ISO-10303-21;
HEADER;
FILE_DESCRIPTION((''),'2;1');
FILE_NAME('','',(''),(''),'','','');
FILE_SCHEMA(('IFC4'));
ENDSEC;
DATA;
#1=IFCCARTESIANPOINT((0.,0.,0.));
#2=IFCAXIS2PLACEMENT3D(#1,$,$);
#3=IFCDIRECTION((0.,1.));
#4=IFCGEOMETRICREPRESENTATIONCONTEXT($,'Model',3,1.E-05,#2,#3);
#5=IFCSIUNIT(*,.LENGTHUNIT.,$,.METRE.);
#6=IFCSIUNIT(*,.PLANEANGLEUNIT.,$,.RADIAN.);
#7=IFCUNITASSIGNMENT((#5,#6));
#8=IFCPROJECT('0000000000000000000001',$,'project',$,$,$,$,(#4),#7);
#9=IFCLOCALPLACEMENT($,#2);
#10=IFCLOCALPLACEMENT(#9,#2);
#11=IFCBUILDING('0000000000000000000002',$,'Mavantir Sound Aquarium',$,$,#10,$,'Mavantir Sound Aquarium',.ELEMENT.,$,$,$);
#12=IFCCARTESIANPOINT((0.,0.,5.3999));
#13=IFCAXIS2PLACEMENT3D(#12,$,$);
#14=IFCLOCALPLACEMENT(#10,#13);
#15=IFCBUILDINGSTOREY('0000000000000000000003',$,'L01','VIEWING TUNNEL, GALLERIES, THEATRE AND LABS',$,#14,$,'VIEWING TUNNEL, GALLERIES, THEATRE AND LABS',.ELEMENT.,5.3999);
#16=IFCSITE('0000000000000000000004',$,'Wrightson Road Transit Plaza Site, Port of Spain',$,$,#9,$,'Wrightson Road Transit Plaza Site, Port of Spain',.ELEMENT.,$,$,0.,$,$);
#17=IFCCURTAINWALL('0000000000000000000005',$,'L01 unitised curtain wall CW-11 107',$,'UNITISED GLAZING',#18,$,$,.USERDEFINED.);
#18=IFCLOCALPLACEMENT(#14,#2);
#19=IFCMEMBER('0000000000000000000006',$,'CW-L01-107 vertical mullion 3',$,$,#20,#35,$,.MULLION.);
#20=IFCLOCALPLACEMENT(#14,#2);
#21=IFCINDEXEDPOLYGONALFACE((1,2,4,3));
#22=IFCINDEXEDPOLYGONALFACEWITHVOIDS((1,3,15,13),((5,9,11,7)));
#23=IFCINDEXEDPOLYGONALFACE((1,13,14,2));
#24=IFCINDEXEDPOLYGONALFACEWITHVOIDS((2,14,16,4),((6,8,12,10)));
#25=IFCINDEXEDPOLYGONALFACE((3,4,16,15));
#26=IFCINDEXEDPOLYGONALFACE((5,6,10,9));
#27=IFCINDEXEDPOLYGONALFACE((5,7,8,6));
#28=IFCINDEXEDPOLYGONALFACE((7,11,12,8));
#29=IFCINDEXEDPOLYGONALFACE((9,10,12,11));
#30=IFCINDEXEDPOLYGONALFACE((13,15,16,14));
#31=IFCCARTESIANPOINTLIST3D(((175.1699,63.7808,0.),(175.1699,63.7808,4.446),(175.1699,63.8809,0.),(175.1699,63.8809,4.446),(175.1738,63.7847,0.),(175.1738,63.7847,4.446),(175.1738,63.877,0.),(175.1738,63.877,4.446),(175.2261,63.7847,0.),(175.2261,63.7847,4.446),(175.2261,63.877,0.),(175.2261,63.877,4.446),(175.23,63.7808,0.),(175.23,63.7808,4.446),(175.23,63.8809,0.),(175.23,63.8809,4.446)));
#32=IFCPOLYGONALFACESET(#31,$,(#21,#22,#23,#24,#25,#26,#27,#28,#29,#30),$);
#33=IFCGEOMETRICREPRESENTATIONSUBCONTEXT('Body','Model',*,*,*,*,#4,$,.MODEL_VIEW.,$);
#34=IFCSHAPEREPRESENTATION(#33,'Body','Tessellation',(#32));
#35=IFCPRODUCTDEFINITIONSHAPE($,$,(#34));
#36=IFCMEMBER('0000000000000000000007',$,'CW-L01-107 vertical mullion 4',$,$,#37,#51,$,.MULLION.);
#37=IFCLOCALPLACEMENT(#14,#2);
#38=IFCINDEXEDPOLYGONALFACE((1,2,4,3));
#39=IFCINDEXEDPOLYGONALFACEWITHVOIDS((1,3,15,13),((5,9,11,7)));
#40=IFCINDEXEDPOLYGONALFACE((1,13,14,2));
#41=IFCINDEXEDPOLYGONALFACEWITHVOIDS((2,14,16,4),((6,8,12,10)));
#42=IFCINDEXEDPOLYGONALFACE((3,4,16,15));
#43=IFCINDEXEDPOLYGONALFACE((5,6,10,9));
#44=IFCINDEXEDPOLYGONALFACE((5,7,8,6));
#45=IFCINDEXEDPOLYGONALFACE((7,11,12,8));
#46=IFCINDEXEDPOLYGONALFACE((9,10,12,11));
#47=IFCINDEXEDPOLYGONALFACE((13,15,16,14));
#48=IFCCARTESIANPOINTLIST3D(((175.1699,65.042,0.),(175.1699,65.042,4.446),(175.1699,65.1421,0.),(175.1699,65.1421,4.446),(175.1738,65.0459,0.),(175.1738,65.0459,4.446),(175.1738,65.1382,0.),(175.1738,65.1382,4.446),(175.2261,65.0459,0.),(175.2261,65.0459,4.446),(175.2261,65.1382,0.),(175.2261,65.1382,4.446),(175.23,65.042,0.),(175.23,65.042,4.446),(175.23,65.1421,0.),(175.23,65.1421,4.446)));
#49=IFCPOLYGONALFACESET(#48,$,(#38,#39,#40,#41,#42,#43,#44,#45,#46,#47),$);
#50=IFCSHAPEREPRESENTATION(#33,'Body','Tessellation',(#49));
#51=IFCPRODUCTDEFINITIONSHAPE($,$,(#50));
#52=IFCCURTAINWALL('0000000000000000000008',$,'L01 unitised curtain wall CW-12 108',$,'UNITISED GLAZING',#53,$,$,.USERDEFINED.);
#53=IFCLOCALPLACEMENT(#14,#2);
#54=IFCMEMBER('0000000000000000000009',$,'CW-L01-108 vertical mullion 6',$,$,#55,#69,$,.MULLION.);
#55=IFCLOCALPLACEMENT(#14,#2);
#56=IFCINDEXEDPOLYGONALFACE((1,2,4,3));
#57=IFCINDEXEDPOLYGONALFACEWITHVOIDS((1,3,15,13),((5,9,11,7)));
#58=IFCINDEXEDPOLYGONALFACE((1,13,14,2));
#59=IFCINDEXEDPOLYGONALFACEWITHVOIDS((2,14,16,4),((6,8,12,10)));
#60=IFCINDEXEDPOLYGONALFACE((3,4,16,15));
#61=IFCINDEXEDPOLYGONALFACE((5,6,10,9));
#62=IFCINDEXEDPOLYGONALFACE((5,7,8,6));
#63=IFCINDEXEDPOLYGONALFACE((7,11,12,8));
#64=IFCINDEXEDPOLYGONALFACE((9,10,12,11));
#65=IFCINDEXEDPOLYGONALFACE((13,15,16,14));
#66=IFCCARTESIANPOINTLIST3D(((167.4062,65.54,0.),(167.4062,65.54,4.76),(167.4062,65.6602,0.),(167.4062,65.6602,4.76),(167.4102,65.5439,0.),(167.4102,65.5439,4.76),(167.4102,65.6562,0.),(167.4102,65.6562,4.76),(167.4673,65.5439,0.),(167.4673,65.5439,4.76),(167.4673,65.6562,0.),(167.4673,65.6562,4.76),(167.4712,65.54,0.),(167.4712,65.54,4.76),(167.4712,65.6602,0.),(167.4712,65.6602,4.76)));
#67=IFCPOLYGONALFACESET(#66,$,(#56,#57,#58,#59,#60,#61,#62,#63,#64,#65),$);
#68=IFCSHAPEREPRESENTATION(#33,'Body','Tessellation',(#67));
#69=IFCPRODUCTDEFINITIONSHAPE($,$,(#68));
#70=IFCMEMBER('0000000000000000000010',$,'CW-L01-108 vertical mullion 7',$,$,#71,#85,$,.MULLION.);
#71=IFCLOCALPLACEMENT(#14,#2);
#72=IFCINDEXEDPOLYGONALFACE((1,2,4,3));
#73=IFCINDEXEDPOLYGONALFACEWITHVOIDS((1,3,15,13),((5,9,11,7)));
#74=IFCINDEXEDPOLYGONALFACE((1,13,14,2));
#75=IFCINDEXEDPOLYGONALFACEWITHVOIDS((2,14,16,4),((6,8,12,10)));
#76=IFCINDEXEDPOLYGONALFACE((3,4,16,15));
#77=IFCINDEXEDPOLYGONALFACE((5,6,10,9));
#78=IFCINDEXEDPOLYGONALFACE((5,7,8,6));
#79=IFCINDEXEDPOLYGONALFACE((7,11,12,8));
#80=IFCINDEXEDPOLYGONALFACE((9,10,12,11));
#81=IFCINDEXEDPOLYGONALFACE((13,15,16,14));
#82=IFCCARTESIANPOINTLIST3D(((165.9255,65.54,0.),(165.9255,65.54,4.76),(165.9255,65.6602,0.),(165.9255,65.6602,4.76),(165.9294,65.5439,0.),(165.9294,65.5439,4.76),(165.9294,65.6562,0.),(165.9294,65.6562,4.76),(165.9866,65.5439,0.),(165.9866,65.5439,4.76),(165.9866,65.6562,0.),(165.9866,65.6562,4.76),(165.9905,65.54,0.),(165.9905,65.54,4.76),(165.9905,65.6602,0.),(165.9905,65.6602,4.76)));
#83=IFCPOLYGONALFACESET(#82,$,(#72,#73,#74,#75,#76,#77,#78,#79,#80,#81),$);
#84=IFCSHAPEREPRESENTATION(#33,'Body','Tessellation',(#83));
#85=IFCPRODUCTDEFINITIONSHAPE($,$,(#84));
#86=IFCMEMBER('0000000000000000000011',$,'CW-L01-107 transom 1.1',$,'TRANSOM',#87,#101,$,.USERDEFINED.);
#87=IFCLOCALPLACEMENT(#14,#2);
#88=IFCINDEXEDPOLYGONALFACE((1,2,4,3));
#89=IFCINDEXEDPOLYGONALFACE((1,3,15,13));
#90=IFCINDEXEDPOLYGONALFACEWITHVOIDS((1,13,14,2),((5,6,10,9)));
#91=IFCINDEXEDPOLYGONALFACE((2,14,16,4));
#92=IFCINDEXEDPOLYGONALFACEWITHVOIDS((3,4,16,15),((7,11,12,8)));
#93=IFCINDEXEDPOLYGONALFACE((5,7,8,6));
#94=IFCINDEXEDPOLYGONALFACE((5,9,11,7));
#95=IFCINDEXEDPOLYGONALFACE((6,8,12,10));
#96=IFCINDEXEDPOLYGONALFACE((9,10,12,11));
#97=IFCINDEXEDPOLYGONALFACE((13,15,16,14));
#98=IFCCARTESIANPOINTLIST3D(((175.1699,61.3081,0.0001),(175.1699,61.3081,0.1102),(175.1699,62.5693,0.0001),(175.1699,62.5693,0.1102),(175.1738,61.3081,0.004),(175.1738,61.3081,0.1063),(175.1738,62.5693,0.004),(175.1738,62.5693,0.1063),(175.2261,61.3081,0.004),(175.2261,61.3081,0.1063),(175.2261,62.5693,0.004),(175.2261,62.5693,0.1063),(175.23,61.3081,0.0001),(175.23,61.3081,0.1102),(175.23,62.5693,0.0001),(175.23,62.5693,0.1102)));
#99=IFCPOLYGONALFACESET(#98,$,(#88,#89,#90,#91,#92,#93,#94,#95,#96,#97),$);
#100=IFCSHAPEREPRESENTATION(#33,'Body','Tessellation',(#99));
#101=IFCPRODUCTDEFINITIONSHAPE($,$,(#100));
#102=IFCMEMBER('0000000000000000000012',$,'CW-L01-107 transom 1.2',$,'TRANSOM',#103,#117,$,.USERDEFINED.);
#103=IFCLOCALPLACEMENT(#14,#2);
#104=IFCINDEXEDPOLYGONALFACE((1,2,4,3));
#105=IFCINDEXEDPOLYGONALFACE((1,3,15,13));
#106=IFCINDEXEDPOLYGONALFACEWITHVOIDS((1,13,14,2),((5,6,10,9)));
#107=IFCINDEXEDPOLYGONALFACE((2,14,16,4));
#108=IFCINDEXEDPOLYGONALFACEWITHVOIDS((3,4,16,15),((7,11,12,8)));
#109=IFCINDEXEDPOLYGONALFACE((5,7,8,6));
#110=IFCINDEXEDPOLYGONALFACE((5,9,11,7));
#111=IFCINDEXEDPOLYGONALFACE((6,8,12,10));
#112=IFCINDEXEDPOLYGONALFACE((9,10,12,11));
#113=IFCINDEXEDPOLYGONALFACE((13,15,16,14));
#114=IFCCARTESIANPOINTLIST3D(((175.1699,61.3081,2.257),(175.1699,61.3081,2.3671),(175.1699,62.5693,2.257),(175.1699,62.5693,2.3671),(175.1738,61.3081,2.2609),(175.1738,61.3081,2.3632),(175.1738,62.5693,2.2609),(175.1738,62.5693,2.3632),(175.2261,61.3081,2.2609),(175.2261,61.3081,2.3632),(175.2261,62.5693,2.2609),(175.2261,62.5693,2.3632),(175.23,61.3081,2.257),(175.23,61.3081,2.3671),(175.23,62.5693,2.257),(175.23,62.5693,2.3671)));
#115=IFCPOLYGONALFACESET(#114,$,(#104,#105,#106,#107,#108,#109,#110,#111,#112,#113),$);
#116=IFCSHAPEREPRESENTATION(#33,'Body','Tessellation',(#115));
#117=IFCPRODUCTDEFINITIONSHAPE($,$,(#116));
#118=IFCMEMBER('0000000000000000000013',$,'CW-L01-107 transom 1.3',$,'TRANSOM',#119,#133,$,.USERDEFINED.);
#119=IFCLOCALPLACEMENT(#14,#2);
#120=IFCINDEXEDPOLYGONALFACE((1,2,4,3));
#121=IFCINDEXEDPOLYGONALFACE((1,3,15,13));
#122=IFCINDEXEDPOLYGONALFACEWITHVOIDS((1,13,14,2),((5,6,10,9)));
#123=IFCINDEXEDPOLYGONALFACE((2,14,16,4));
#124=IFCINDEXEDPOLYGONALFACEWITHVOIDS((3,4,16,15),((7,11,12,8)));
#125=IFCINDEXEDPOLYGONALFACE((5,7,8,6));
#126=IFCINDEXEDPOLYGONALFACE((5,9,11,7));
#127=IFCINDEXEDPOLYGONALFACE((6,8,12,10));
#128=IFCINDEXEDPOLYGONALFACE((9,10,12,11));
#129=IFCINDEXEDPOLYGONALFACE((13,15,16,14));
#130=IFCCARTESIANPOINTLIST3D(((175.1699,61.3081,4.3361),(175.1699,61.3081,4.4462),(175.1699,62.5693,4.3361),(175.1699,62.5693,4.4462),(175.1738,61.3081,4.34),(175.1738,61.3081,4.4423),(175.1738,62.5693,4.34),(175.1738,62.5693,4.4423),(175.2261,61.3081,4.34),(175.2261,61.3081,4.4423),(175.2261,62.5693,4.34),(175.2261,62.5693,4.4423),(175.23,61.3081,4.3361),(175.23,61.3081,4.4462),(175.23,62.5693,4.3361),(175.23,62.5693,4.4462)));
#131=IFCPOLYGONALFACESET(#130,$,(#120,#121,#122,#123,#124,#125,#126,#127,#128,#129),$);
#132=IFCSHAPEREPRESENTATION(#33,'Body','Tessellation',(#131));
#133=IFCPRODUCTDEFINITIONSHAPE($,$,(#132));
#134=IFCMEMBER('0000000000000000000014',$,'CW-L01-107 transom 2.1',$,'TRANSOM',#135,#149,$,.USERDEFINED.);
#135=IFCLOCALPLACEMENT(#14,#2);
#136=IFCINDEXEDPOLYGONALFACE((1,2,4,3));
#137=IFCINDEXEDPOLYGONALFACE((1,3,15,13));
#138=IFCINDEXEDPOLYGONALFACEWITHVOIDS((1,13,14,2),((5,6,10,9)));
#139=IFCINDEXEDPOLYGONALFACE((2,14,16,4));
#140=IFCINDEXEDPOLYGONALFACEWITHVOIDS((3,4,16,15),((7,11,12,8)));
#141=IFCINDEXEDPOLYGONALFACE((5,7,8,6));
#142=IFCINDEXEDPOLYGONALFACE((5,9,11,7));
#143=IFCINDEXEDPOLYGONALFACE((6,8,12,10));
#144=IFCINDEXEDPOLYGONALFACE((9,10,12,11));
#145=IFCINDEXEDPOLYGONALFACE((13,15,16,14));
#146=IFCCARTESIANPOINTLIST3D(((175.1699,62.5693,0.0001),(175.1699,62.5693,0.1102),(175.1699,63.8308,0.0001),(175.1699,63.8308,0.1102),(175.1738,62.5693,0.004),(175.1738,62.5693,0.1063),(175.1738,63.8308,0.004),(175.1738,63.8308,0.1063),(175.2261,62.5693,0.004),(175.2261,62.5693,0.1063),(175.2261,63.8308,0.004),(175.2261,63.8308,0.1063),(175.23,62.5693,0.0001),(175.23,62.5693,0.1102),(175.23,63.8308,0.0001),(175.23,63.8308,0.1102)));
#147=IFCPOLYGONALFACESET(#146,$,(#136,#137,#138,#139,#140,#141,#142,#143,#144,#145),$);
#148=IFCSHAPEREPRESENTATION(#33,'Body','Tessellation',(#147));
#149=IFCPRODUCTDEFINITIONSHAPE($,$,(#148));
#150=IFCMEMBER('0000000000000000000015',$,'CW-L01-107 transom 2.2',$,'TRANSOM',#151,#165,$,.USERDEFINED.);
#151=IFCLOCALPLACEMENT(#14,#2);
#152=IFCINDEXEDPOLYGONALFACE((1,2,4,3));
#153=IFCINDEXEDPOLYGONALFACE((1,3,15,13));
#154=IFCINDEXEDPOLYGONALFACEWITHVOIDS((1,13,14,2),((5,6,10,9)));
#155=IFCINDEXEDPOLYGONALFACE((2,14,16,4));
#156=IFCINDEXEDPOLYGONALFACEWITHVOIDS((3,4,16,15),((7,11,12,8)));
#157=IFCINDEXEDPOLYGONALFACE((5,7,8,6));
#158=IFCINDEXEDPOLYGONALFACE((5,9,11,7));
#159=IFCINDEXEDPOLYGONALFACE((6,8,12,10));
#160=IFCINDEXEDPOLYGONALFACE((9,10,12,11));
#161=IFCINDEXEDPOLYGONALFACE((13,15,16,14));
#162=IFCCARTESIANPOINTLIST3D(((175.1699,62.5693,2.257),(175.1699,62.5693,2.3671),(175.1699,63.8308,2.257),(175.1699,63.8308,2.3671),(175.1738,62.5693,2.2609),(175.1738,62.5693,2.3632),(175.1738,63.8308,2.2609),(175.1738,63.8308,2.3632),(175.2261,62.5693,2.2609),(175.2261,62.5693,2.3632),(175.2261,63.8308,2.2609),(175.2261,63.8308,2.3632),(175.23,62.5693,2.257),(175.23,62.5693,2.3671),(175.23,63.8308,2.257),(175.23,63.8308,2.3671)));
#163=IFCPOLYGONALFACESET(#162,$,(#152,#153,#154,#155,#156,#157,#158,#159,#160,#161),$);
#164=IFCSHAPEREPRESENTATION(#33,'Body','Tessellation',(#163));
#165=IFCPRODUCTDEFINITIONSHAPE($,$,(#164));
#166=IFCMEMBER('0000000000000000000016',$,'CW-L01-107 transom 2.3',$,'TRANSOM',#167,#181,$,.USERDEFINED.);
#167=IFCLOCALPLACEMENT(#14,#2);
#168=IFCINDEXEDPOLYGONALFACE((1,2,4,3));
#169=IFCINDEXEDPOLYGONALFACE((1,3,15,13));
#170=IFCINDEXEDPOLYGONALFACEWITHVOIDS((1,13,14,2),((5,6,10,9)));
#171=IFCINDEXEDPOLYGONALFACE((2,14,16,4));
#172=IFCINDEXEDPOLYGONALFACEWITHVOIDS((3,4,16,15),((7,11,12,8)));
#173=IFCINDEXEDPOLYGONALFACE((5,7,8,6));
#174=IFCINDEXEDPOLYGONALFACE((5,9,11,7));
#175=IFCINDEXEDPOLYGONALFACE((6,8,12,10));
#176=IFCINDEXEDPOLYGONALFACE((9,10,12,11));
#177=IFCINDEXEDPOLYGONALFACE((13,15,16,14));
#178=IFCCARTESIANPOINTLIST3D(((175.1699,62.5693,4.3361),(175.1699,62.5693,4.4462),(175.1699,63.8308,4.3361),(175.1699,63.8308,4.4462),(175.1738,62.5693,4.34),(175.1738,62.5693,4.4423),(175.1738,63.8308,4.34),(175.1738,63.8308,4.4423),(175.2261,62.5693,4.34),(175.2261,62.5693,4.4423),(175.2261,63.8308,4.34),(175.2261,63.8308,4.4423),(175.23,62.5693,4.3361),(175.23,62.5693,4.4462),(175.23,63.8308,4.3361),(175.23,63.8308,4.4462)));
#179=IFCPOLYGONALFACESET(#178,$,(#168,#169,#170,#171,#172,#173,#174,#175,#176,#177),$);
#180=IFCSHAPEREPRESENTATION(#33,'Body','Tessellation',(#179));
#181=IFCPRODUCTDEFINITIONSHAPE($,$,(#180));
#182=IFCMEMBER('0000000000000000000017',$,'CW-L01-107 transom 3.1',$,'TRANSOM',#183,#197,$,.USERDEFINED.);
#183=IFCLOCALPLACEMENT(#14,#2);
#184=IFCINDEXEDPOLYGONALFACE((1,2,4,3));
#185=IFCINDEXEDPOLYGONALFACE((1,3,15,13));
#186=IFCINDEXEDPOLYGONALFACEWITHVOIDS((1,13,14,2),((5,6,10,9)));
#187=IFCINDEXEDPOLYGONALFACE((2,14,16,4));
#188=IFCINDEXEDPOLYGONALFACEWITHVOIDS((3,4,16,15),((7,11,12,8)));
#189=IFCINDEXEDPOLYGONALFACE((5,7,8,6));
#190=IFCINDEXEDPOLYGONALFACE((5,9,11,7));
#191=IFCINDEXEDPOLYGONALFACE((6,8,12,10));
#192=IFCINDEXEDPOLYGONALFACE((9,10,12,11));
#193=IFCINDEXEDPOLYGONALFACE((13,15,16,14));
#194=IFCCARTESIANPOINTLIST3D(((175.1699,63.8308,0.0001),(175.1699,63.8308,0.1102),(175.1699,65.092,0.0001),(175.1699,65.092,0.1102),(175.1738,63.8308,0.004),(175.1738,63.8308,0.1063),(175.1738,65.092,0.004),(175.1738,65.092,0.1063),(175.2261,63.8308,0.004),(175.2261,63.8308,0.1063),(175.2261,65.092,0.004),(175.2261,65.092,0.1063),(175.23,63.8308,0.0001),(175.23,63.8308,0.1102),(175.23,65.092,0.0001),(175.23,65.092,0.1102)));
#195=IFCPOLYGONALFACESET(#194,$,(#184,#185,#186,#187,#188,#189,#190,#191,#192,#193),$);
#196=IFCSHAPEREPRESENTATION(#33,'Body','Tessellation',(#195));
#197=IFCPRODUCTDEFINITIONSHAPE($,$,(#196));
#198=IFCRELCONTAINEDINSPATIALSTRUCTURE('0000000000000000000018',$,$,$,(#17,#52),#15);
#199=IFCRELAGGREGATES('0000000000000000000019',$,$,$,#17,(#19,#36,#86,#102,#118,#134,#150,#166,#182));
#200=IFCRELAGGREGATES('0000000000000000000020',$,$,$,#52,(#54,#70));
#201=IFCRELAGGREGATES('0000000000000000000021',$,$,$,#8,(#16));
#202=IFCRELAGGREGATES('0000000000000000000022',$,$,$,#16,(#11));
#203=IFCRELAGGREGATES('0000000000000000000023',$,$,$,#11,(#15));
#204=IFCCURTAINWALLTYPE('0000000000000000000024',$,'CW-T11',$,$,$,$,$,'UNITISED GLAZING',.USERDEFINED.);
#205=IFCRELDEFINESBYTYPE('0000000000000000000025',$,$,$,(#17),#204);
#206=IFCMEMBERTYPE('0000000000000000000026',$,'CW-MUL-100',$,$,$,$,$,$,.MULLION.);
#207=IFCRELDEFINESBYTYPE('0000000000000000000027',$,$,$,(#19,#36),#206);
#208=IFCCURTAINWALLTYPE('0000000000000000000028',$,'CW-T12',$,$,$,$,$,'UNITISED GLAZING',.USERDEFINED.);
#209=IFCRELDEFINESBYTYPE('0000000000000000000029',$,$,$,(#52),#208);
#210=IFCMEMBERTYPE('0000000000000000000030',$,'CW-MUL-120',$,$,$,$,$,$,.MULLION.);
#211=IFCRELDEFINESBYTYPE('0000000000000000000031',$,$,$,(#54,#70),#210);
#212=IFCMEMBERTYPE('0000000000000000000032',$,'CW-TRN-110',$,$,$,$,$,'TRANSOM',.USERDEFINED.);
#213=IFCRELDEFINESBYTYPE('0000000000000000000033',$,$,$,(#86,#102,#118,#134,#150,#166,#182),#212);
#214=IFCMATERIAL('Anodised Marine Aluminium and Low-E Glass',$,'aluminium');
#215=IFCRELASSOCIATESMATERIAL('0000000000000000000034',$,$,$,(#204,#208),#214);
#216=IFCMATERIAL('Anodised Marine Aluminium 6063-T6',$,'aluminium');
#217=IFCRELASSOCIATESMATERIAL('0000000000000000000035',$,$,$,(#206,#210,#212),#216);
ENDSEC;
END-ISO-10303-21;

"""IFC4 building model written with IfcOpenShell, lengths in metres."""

from ifc_helpers import new_model, si_unit, direction, frame, origin, origin_2d, place, context, subcontext, project, spatial, hollow_rectangle, extrude, material, material_profile, profile_set, type_object, element, aggregate, save


model = new_model("IFC4")

# Units and contexts
model_context = context("Model", 3, precision=1e-05, world=origin(), true_north=direction((0.0, 1.0)))
body_context = subcontext(model_context, "Body", "Model", "MODEL_VIEW")
ifc_project = project(units=[si_unit("LENGTHUNIT", "METRE"), si_unit("PLANEANGLEUNIT", "RADIAN")], contexts=[model_context])

# Site, building, storey
site_placement = place(None, origin())
site = spatial("IfcSite", under=ifc_project, at=site_placement, Name="Wrightson Road Transit Plaza Site, Port of Spain", LongName="Wrightson Road Transit Plaza Site, Port of Spain", CompositionType="ELEMENT", RefElevation=0.0)
building_placement = place(site_placement, origin())
building = spatial("IfcBuilding", under=site, at=building_placement, Name="Mavantir Sound Aquarium", LongName="Mavantir Sound Aquarium", CompositionType="ELEMENT")
storey_placement = place(building_placement, frame((0.0, 0.0, 5.3999)))
storey = spatial("IfcBuildingStorey", under=building, at=storey_placement, Name="L01", Description="VIEWING TUNNEL, GALLERIES, THEATRE AND LABS", LongName="VIEWING TUNNEL, GALLERIES, THEATRE AND LABS", CompositionType="ELEMENT", Elevation=5.3999)

# Curtain walls, members
ifc_material_1 = material(Name="Anodised Marine Aluminium and Low-E Glass", Category="aluminium")
curtain_wall_type_1 = type_object("IfcCurtainWallType", Name="CW-T11", ElementType="UNITISED GLAZING", PredefinedType="USERDEFINED", material=ifc_material_1)
curtain_wall_1_placement = place(storey_placement, origin())
curtain_wall_1 = element("IfcCurtainWall", 1, at=curtain_wall_1_placement, inside=storey, type_object=curtain_wall_type_1, Name="L01 unitised curtain wall CW-11 107", ObjectType="UNITISED GLAZING", PredefinedType="USERDEFINED")
ifc_material_2 = material(Name="Anodised Marine Aluminium 6063-T6", Category="aluminium")
ifc_material_profile_1 = material_profile(ifc_material_2, hollow_rectangle(XDim=0.0601, YDim=0.1001, WallThickness=0.0039, at=origin_2d()), Name="ALU-MULLION-100X60")
ifc_profile_set_1 = profile_set([ifc_material_profile_1], Name="Anodised Marine Aluminium 6063-T6")
member_type_1 = type_object("IfcMemberType", Name="CW-MUL-100", PredefinedType="MULLION", material=ifc_profile_set_1)
member_1_placement = place(storey_placement, frame((175.2, 63.8308, 0.0), z_axis=(0.0, 0.0, 1.0), x_axis=(1.0, 0.0, 0.0)))
member_1 = element("IfcMember", 2, at=member_1_placement, type_object=member_type_1, Name="CW-L01-107 vertical mullion 3", PredefinedType="MULLION", context=body_context, shape_type="SweptSolid", body=[
    extrude(hollow_rectangle(XDim=0.0601, YDim=0.1001, WallThickness=0.0039, at=origin_2d()), origin(), (0.0, 0.0, 1.0), 4.446),
])
member_2_placement = place(storey_placement, frame((175.2, 65.092, 0.0), z_axis=(0.0, 0.0, 1.0), x_axis=(1.0, 0.0, 0.0)))
member_2 = element("IfcMember", 3, at=member_2_placement, type_object=member_type_1, Name="CW-L01-107 vertical mullion 4", PredefinedType="MULLION", context=body_context, shape_type="SweptSolid", body=[
    extrude(hollow_rectangle(XDim=0.0601, YDim=0.1001, WallThickness=0.0039, at=origin_2d()), origin(), (0.0, 0.0, 1.0), 4.446),
])
curtain_wall_type_2 = type_object("IfcCurtainWallType", Name="CW-T12", ElementType="UNITISED GLAZING", PredefinedType="USERDEFINED", material=ifc_material_1)
curtain_wall_2_placement = place(storey_placement, origin())
curtain_wall_2 = element("IfcCurtainWall", 4, at=curtain_wall_2_placement, inside=storey, type_object=curtain_wall_type_2, Name="L01 unitised curtain wall CW-12 108", ObjectType="UNITISED GLAZING", PredefinedType="USERDEFINED")
ifc_material_profile_2 = material_profile(ifc_material_2, hollow_rectangle(XDim=0.0649, YDim=0.1201, WallThickness=0.0039, at=origin_2d()), Name="ALU-MULLION-120X65")
ifc_profile_set_2 = profile_set([ifc_material_profile_2], Name="Anodised Marine Aluminium 6063-T6")
member_type_2 = type_object("IfcMemberType", Name="CW-MUL-120", PredefinedType="MULLION", material=ifc_profile_set_2)
member_3_placement = place(storey_placement, frame((167.4387, 65.6001, 0.0), z_axis=(0.0, 0.0, 1.0), x_axis=(1.0, 0.0, 0.0)))
member_3 = element("IfcMember", 5, at=member_3_placement, type_object=member_type_2, Name="CW-L01-108 vertical mullion 6", PredefinedType="MULLION", context=body_context, shape_type="SweptSolid", body=[
    extrude(hollow_rectangle(XDim=0.0649, YDim=0.1201, WallThickness=0.0039, at=origin_2d()), origin(), (0.0, 0.0, 1.0), 4.76),
])
member_4_placement = place(storey_placement, frame((165.958, 65.6001, 0.0), z_axis=(0.0, 0.0, 1.0), x_axis=(1.0, 0.0, 0.0)))
member_4 = element("IfcMember", 6, at=member_4_placement, type_object=member_type_2, Name="CW-L01-108 vertical mullion 7", PredefinedType="MULLION", context=body_context, shape_type="SweptSolid", body=[
    extrude(hollow_rectangle(XDim=0.0649, YDim=0.1201, WallThickness=0.0039, at=origin_2d()), origin(), (0.0, 0.0, 1.0), 4.76),
])

# Members
ifc_material_profile_3 = material_profile(ifc_material_2, hollow_rectangle(XDim=0.0601, YDim=0.1101, WallThickness=0.0039, at=origin_2d()), Name="ALU-TRANSOM-110X60")
ifc_profile_set_3 = profile_set([ifc_material_profile_3], Name="Anodised Marine Aluminium 6063-T6")
member_type_3 = type_object("IfcMemberType", Name="CW-TRN-110", ElementType="TRANSOM", PredefinedType="USERDEFINED", material=ifc_profile_set_3)
member_5_placement = place(storey_placement, frame((175.2, 61.3081, 0.0552), z_axis=(0.0, 1.0, 0.0), x_axis=(-1.0, 0.0, 0.0)))
member_5 = element("IfcMember", 7, at=member_5_placement, type_object=member_type_3, Name="CW-L01-107 transom 1.1", ObjectType="TRANSOM", PredefinedType="USERDEFINED", context=body_context, shape_type="SweptSolid", body=[
    extrude(hollow_rectangle(XDim=0.0601, YDim=0.1101, WallThickness=0.0039, at=origin_2d()), origin(), (0.0, 0.0, 1.0), 1.2612),
])
member_6_placement = place(storey_placement, frame((175.2, 61.3081, 2.312), z_axis=(0.0, 1.0, 0.0), x_axis=(-1.0, 0.0, 0.0)))
member_6 = element("IfcMember", 8, at=member_6_placement, type_object=member_type_3, Name="CW-L01-107 transom 1.2", ObjectType="TRANSOM", PredefinedType="USERDEFINED", context=body_context, shape_type="SweptSolid", body=[
    extrude(hollow_rectangle(XDim=0.0601, YDim=0.1101, WallThickness=0.0039, at=origin_2d()), origin(), (0.0, 0.0, 1.0), 1.2612),
])
member_7_placement = place(storey_placement, frame((175.2, 61.3081, 4.3911), z_axis=(0.0, 1.0, 0.0), x_axis=(-1.0, 0.0, 0.0)))
member_7 = element("IfcMember", 9, at=member_7_placement, type_object=member_type_3, Name="CW-L01-107 transom 1.3", ObjectType="TRANSOM", PredefinedType="USERDEFINED", context=body_context, shape_type="SweptSolid", body=[
    extrude(hollow_rectangle(XDim=0.0601, YDim=0.1101, WallThickness=0.0039, at=origin_2d()), origin(), (0.0, 0.0, 1.0), 1.2612),
])
member_8_placement = place(storey_placement, frame((175.2, 62.5693, 0.0552), z_axis=(0.0, 1.0, 0.0), x_axis=(-1.0, 0.0, 0.0)))
member_8 = element("IfcMember", 10, at=member_8_placement, type_object=member_type_3, Name="CW-L01-107 transom 2.1", ObjectType="TRANSOM", PredefinedType="USERDEFINED", context=body_context, shape_type="SweptSolid", body=[
    extrude(hollow_rectangle(XDim=0.0601, YDim=0.1101, WallThickness=0.0039, at=origin_2d()), origin(), (0.0, 0.0, 1.0), 1.2615),
])
member_9_placement = place(storey_placement, frame((175.2, 62.5693, 2.312), z_axis=(0.0, 1.0, 0.0), x_axis=(-1.0, 0.0, 0.0)))
member_9 = element("IfcMember", 11, at=member_9_placement, type_object=member_type_3, Name="CW-L01-107 transom 2.2", ObjectType="TRANSOM", PredefinedType="USERDEFINED", context=body_context, shape_type="SweptSolid", body=[
    extrude(hollow_rectangle(XDim=0.0601, YDim=0.1101, WallThickness=0.0039, at=origin_2d()), origin(), (0.0, 0.0, 1.0), 1.2615),
])
member_10_placement = place(storey_placement, frame((175.2, 62.5693, 4.3911), z_axis=(0.0, 1.0, 0.0), x_axis=(-1.0, 0.0, 0.0)))
member_10 = element("IfcMember", 12, at=member_10_placement, type_object=member_type_3, Name="CW-L01-107 transom 2.3", ObjectType="TRANSOM", PredefinedType="USERDEFINED", context=body_context, shape_type="SweptSolid", body=[
    extrude(hollow_rectangle(XDim=0.0601, YDim=0.1101, WallThickness=0.0039, at=origin_2d()), origin(), (0.0, 0.0, 1.0), 1.2615),
])
member_11_placement = place(storey_placement, frame((175.2, 63.8308, 0.0552), z_axis=(0.0, 1.0, 0.0), x_axis=(-1.0, 0.0, 0.0)))
member_11 = element("IfcMember", 13, at=member_11_placement, type_object=member_type_3, Name="CW-L01-107 transom 3.1", ObjectType="TRANSOM", PredefinedType="USERDEFINED", context=body_context, shape_type="SweptSolid", body=[
    extrude(hollow_rectangle(XDim=0.0601, YDim=0.1101, WallThickness=0.0039, at=origin_2d()), origin(), (0.0, 0.0, 1.0), 1.2612),
])

aggregate(curtain_wall_1, [member_1, member_2, member_5, member_6, member_7, member_8, member_9, member_10, member_11])
aggregate(curtain_wall_2, [member_3, member_4])

save(model, "model.ifc")
